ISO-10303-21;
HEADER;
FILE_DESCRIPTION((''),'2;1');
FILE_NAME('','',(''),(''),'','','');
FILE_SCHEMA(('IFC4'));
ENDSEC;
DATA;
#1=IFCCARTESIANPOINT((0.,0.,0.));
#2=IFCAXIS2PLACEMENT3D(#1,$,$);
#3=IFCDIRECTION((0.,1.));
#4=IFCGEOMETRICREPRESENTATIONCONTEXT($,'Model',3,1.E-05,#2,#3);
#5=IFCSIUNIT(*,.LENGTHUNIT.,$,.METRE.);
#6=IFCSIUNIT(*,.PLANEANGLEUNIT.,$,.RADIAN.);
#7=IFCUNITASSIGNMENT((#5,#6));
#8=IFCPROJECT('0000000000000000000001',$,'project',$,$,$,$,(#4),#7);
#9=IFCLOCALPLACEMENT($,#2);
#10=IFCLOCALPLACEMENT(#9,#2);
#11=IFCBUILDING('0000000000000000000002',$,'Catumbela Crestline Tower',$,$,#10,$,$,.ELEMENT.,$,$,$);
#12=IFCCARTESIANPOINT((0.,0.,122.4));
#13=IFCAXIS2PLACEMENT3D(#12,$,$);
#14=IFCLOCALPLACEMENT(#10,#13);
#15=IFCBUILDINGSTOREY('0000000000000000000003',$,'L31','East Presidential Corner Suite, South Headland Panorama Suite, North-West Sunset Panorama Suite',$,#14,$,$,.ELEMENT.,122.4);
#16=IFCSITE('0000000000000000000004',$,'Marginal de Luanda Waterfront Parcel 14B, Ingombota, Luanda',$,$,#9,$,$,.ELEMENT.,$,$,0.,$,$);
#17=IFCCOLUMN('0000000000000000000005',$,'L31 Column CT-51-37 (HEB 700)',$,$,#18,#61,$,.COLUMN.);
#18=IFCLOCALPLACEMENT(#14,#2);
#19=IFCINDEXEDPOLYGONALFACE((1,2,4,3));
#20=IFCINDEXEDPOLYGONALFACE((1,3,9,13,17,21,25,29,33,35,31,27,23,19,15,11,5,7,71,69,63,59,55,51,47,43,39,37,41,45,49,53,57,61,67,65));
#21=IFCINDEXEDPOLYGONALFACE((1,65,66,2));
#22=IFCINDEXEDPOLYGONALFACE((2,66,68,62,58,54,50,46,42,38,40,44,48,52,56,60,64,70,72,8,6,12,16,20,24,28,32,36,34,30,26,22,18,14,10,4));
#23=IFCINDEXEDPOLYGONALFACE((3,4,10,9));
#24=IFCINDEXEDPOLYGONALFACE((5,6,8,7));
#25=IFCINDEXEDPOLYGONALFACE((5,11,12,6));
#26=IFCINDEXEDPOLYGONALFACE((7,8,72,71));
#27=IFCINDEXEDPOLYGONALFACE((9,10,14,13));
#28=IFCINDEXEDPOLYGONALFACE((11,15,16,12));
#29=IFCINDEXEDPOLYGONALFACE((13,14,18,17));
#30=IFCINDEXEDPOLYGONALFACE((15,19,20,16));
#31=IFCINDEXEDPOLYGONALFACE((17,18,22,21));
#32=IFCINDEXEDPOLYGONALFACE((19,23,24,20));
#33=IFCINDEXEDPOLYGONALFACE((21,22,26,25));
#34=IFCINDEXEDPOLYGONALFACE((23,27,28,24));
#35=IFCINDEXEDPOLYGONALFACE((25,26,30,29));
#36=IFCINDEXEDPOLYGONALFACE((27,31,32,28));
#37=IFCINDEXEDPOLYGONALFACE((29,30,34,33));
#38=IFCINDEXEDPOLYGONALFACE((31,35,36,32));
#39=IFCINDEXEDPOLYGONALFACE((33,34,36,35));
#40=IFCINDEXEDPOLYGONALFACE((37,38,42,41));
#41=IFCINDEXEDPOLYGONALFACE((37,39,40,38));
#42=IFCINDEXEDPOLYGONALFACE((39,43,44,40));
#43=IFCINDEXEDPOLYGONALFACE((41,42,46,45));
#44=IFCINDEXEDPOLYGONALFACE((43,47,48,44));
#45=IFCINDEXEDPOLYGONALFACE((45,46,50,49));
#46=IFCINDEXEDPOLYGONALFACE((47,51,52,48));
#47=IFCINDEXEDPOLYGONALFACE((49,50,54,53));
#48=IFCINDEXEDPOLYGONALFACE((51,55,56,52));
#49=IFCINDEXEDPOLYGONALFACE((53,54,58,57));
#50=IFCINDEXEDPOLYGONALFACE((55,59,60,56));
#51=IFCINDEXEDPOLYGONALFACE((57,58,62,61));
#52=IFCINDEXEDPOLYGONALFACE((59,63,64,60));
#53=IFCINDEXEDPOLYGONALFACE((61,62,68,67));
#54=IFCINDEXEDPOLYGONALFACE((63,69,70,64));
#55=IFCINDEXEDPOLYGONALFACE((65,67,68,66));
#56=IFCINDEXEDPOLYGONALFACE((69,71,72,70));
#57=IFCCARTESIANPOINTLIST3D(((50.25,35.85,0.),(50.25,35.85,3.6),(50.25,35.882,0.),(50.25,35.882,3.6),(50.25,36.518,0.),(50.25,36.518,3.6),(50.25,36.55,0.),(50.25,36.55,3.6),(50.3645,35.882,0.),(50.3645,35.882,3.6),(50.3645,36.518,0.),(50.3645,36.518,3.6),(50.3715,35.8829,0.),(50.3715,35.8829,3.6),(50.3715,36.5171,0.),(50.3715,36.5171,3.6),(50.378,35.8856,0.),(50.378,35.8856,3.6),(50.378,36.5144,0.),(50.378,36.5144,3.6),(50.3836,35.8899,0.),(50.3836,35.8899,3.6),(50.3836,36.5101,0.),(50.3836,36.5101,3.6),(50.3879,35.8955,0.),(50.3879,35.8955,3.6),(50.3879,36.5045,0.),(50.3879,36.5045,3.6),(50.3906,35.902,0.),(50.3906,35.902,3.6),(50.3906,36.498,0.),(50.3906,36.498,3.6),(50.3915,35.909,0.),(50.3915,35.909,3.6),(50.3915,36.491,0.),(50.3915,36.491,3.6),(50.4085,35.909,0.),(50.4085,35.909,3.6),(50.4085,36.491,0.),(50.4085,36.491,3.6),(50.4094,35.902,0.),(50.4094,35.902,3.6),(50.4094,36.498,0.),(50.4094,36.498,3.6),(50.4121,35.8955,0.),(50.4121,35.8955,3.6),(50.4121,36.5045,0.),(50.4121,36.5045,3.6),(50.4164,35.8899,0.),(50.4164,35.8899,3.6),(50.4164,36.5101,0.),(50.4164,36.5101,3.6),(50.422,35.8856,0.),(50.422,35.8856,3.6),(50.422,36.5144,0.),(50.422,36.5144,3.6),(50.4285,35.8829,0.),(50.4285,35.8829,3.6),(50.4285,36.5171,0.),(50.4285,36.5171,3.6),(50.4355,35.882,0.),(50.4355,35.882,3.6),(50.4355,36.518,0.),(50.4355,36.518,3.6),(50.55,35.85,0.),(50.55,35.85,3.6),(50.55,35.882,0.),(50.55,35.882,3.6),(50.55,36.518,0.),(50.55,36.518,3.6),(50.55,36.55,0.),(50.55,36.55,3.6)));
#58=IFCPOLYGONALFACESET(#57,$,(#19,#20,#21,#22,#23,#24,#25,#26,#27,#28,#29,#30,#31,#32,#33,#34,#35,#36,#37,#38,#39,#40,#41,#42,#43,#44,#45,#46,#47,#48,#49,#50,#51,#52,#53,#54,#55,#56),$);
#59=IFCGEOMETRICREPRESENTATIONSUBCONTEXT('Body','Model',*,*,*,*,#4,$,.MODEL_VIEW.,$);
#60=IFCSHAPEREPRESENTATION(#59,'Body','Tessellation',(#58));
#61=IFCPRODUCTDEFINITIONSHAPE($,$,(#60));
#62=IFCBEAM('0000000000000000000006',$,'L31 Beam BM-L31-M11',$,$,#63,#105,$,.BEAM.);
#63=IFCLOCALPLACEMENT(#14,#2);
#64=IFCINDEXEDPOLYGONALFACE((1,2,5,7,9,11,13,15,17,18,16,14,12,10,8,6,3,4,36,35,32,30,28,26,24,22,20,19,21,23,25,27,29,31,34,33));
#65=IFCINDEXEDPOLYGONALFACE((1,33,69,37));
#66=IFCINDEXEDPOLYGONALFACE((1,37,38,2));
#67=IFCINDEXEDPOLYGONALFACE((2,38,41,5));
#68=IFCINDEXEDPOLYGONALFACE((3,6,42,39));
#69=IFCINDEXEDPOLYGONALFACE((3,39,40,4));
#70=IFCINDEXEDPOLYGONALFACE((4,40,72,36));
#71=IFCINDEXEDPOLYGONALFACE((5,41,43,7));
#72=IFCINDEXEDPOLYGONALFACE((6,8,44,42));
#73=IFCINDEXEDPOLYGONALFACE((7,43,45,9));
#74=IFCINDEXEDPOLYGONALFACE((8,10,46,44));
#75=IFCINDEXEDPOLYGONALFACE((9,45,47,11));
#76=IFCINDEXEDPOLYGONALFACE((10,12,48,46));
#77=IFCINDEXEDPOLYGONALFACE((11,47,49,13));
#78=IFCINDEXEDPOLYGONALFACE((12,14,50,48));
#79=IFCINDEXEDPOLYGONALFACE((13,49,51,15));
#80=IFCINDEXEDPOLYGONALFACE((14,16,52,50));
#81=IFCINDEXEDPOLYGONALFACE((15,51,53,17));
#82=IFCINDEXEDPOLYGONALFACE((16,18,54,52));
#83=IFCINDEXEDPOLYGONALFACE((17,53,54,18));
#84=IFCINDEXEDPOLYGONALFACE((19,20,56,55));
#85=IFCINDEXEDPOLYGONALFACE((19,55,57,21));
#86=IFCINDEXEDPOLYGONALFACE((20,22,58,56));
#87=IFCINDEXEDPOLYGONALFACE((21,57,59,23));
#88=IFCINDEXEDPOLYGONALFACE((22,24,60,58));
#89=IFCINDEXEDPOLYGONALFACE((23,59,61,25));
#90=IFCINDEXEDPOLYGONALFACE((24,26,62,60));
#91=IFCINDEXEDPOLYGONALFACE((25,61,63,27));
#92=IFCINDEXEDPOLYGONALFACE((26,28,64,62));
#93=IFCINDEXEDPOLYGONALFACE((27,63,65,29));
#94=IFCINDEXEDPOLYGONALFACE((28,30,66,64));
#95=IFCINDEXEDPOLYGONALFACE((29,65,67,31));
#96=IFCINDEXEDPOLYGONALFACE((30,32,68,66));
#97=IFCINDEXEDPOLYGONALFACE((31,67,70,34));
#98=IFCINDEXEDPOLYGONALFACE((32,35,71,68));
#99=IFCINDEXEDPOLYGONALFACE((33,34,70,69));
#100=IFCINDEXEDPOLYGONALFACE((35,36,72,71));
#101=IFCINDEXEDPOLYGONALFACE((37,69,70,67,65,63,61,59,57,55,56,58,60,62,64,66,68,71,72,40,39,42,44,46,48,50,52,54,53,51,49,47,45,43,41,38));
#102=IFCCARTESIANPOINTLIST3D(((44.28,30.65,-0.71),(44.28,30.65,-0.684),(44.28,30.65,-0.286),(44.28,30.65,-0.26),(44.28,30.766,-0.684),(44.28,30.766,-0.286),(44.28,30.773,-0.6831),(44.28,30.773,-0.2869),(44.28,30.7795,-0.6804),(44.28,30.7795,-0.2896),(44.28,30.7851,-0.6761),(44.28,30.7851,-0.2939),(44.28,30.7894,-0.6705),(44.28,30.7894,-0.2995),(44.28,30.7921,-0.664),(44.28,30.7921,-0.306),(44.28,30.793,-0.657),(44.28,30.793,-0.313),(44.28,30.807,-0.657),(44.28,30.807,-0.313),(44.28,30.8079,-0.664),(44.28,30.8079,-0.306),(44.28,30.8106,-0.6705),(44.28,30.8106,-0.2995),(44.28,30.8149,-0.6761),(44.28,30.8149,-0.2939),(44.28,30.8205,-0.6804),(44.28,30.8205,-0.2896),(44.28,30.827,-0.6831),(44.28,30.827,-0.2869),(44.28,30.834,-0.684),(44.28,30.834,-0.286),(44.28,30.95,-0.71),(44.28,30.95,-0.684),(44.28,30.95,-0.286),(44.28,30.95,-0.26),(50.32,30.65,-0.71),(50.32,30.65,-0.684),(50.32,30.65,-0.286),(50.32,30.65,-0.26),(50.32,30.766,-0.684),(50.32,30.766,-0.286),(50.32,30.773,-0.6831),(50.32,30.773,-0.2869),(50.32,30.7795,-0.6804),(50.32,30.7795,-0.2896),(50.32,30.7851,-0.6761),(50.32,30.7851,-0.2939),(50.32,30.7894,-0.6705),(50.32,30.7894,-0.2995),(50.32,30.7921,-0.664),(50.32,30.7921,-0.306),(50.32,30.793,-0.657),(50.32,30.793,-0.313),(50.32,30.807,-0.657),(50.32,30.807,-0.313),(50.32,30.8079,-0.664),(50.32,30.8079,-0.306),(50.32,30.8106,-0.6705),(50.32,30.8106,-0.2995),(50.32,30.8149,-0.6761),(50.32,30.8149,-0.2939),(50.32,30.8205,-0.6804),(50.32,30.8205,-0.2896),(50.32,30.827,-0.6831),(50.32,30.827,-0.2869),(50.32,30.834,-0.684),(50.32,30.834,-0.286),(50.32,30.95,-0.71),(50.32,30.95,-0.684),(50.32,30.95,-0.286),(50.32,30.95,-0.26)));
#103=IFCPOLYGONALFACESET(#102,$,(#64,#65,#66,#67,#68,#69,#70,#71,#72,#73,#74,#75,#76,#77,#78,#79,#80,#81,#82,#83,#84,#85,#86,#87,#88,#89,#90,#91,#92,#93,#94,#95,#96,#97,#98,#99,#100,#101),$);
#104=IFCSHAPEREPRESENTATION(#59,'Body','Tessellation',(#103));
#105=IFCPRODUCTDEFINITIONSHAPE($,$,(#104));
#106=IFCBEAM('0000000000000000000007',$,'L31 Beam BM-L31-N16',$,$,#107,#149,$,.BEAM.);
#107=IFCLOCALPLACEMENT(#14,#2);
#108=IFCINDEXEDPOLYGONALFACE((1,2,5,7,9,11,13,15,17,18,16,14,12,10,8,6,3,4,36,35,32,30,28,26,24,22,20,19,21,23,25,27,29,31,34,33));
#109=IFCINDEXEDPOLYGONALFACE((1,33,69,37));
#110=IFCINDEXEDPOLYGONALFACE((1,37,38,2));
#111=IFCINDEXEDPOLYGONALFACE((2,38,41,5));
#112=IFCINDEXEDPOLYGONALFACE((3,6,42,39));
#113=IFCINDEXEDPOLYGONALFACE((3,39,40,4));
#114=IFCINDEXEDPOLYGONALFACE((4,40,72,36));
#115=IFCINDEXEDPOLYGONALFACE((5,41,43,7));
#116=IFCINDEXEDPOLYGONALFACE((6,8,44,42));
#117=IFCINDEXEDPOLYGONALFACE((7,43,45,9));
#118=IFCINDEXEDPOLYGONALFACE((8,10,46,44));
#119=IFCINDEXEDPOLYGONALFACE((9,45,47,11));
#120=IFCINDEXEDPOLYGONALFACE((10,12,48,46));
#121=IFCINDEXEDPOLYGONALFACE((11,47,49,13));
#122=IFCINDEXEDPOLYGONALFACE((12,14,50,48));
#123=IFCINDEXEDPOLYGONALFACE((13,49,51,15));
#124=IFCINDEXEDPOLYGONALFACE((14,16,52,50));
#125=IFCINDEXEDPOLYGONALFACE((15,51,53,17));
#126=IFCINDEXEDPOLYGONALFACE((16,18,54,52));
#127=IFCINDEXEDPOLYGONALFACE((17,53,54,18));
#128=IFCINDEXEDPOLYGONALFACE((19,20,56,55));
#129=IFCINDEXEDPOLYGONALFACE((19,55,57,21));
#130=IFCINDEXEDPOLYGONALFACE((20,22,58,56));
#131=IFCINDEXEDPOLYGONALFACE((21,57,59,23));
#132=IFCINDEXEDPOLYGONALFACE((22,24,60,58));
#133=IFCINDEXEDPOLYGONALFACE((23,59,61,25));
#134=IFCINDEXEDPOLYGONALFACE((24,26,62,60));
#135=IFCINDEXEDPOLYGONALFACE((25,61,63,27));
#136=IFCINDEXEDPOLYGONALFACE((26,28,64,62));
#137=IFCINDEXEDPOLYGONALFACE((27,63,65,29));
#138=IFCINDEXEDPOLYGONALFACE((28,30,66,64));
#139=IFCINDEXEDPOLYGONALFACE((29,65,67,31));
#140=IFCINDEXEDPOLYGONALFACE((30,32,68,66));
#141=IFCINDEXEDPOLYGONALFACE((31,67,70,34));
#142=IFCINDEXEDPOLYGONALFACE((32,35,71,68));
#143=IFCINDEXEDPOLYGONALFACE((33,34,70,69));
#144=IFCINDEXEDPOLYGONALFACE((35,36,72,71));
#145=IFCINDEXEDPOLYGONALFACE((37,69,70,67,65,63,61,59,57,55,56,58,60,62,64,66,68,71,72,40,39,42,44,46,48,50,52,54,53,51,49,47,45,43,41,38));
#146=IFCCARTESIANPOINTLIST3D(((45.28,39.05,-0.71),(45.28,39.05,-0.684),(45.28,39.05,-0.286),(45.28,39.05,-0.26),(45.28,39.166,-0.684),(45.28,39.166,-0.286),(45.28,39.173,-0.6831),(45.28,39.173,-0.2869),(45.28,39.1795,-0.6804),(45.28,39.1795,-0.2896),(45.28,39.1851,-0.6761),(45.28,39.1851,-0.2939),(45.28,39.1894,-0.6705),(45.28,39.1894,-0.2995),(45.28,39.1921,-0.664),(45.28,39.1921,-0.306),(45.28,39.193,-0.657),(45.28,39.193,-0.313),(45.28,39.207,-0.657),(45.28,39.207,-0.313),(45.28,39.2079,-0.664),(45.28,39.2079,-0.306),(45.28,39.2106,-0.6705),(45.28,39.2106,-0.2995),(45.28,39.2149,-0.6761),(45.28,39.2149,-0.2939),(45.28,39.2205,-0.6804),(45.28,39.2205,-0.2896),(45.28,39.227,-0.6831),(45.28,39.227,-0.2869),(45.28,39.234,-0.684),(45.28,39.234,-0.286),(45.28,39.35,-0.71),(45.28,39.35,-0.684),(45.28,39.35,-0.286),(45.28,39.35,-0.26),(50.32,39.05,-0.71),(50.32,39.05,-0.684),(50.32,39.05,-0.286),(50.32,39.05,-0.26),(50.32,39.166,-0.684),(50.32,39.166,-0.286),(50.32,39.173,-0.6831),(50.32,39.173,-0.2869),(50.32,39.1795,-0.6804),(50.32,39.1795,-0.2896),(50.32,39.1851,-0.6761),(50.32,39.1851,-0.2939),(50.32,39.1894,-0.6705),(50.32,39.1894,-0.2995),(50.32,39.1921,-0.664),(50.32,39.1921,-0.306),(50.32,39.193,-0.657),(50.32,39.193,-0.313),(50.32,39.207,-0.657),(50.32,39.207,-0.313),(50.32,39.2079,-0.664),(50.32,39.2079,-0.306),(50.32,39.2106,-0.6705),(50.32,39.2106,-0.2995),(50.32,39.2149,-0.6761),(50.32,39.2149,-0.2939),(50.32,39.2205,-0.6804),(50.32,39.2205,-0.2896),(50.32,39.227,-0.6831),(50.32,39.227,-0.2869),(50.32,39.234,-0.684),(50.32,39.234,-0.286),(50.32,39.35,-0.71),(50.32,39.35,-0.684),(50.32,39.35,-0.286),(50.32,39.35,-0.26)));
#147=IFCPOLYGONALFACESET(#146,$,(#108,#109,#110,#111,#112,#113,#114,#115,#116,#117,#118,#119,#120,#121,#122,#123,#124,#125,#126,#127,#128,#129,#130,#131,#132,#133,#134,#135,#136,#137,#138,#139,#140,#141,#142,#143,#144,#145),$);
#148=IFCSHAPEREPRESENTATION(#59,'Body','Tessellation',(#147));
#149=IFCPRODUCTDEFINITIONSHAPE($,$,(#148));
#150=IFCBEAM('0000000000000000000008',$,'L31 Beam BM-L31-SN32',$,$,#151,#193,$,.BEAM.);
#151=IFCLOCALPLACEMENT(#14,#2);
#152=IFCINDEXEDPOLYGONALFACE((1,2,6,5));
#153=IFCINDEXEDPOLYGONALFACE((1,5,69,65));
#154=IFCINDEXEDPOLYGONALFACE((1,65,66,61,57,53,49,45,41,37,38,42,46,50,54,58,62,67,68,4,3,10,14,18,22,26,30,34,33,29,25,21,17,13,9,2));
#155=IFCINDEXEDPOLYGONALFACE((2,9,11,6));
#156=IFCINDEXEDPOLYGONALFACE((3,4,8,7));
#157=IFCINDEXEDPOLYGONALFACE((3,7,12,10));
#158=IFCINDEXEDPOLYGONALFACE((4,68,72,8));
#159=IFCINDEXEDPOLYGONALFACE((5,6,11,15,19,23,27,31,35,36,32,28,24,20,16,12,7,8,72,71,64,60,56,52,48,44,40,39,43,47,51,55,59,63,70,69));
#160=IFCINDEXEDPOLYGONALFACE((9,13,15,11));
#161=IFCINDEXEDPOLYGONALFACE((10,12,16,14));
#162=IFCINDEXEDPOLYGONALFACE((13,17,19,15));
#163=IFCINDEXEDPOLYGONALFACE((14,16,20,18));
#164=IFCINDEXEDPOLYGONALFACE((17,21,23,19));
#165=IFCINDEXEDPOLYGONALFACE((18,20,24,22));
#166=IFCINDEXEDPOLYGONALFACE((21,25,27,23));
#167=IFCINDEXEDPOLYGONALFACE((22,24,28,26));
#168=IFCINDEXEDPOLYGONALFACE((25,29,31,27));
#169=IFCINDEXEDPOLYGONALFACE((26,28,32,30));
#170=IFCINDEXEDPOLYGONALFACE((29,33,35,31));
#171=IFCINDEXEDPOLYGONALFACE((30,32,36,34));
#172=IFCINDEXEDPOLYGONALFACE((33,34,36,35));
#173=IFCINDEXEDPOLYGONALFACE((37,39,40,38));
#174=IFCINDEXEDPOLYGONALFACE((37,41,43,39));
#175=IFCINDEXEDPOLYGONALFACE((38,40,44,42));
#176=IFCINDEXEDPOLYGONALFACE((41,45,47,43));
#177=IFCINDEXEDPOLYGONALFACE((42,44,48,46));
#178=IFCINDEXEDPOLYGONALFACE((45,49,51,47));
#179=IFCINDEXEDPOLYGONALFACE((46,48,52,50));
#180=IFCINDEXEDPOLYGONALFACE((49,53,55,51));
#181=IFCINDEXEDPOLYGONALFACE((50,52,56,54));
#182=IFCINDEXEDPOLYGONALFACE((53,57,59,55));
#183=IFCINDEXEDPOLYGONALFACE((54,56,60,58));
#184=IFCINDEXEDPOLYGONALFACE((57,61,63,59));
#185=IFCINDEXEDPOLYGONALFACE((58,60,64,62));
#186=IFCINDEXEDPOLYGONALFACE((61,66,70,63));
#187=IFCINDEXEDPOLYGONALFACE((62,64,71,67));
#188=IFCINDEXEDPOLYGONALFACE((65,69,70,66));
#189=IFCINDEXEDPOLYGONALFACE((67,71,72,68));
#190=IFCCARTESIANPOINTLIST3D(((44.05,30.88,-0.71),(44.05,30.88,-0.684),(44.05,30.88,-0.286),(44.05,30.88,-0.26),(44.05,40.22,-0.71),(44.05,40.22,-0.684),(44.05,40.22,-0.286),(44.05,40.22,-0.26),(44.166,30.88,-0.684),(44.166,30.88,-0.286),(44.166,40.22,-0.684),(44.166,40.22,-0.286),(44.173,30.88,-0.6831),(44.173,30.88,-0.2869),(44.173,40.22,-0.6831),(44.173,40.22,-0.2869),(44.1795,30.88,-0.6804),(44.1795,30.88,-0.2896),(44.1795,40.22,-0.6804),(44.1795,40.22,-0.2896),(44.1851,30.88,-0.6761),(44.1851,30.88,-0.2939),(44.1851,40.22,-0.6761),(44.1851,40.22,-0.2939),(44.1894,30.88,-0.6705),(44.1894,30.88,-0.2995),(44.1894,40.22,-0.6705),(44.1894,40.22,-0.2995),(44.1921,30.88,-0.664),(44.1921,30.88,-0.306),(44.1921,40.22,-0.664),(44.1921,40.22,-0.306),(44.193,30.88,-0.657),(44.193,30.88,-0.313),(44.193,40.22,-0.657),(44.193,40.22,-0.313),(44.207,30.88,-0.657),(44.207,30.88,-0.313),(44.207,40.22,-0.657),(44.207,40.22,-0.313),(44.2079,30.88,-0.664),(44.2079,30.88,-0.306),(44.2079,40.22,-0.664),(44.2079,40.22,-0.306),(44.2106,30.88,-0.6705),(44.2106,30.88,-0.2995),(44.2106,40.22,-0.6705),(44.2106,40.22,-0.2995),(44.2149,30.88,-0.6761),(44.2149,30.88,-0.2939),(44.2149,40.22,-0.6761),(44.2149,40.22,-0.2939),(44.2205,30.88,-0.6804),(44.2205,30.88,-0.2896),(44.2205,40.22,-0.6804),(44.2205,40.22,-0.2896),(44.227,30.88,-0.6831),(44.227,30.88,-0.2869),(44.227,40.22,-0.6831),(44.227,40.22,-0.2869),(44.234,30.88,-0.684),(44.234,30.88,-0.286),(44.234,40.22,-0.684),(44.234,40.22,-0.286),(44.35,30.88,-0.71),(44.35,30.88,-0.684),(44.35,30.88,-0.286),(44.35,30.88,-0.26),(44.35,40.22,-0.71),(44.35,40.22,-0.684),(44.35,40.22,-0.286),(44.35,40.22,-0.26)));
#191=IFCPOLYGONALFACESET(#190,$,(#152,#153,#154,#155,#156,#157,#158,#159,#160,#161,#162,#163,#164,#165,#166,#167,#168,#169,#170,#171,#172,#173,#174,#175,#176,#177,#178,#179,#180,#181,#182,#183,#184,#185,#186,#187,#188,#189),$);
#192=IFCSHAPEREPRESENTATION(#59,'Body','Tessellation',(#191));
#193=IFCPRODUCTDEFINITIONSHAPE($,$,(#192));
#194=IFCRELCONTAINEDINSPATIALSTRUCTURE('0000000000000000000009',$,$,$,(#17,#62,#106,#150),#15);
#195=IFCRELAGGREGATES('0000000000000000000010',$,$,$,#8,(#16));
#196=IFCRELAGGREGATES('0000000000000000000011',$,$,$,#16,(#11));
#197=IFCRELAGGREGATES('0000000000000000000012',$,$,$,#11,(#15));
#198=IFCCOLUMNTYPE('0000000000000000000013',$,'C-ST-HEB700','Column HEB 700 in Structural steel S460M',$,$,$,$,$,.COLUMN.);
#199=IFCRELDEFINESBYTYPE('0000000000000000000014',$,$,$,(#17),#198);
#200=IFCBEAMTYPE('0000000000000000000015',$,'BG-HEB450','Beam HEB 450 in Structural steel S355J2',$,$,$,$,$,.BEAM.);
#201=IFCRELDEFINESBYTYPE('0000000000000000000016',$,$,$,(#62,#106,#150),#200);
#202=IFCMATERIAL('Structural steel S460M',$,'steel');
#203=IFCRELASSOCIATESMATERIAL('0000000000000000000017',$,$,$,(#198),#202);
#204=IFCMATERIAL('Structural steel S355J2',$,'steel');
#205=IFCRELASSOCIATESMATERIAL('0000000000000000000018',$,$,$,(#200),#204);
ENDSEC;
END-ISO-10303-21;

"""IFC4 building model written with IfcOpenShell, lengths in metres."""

from ifc_helpers import new_model, si_unit, direction, frame, origin, origin_2d, place, context, subcontext, project, spatial, i_section, extrude, material, material_profile, profile_set, type_object, element, save


model = new_model("IFC4")

# Units and contexts
model_context = context("Model", 3, precision=1e-05, world=origin(), true_north=direction((0.0, 1.0)))
body_context = subcontext(model_context, "Body", "Model", "MODEL_VIEW")
ifc_project = project(units=[si_unit("LENGTHUNIT", "METRE"), si_unit("PLANEANGLEUNIT", "RADIAN")], contexts=[model_context])

# Site, building, storey
site_placement = place(None, origin())
site = spatial("IfcSite", under=ifc_project, at=site_placement, Name="Marginal de Luanda Waterfront Parcel 14B, Ingombota, Luanda", CompositionType="ELEMENT", RefElevation=0.0)
building_placement = place(site_placement, origin())
building = spatial("IfcBuilding", under=site, at=building_placement, Name="Catumbela Crestline Tower", CompositionType="ELEMENT")
storey_placement = place(building_placement, frame((0.0, 0.0, 122.4)))
storey = spatial("IfcBuildingStorey", under=building, at=storey_placement, Name="L31", Description="East Presidential Corner Suite, South Headland Panorama Suite, North-West Sunset Panorama Suite", CompositionType="ELEMENT", Elevation=122.4)

# Column
ifc_material_1 = material(Name="Structural steel S460M", Category="steel")
ifc_material_profile_1 = material_profile(ifc_material_1, i_section(OverallWidth=0.3, OverallDepth=0.7, WebThickness=0.017, FlangeThickness=0.032, FilletRadius=0.027, at=origin_2d()), Name="HEB 700")
ifc_profile_set_1 = profile_set([ifc_material_profile_1], Name="Structural steel S460M")
column_type_1 = type_object("IfcColumnType", Name="C-ST-HEB700", Description="Column HEB 700 in Structural steel S460M", PredefinedType="COLUMN", material=ifc_profile_set_1)
for number, where, z_axis, x_axis, name in (
    (1, (50.4, 36.2, 0.0), (0.0, 0.0, 1.0), (1.0, 0.0, 0.0), "L31 Column CT-51-37 (HEB 700)"),
):
    element("IfcColumn", number, at=place(storey_placement, frame(where, z_axis=z_axis, x_axis=x_axis)), inside=storey, type_object=column_type_1, Name=name, PredefinedType="COLUMN", context=body_context, shape_type="SweptSolid", body=[
        extrude(i_section(OverallWidth=0.3, OverallDepth=0.7, WebThickness=0.017, FlangeThickness=0.032, FilletRadius=0.027, at=origin_2d()), origin(), (0.0, 0.0, 1.0), 3.6),
    ])

# Beams
ifc_material_2 = material(Name="Structural steel S355J2", Category="steel")
ifc_material_profile_2 = material_profile(ifc_material_2, i_section(OverallWidth=0.3, OverallDepth=0.45, WebThickness=0.014, FlangeThickness=0.026, FilletRadius=0.027, at=origin_2d()), Name="HEB 450")
ifc_profile_set_2 = profile_set([ifc_material_profile_2], Name="Structural steel S355J2")
beam_type_1 = type_object("IfcBeamType", Name="BG-HEB450", Description="Beam HEB 450 in Structural steel S355J2", PredefinedType="BEAM", material=ifc_profile_set_2)
beam_1_placement = place(storey_placement, frame((44.28, 30.8, -0.485), z_axis=(1.0, 0.0, 0.0), x_axis=(0.0, 1.0, 0.0)))
element("IfcBeam", 2, at=beam_1_placement, inside=storey, type_object=beam_type_1, Name="L31 Beam BM-L31-M11", PredefinedType="BEAM", context=body_context, shape_type="SweptSolid", body=[
    extrude(i_section(OverallWidth=0.3, OverallDepth=0.45, WebThickness=0.014, FlangeThickness=0.026, FilletRadius=0.027, at=origin_2d()), origin(), (0.0, 0.0, 1.0), 6.04),
])
beam_2_placement = place(storey_placement, frame((45.28, 39.2, -0.485), z_axis=(1.0, 0.0, 0.0), x_axis=(0.0, 1.0, 0.0)))
element("IfcBeam", 3, at=beam_2_placement, inside=storey, type_object=beam_type_1, Name="L31 Beam BM-L31-N16", PredefinedType="BEAM", context=body_context, shape_type="SweptSolid", body=[
    extrude(i_section(OverallWidth=0.3, OverallDepth=0.45, WebThickness=0.014, FlangeThickness=0.026, FilletRadius=0.027, at=origin_2d()), origin(), (0.0, 0.0, 1.0), 5.04),
])
beam_3_placement = place(storey_placement, frame((44.2, 30.88, -0.485), z_axis=(0.0, 1.0, 0.0), x_axis=(-1.0, 0.0, 0.0)))
element("IfcBeam", 4, at=beam_3_placement, inside=storey, type_object=beam_type_1, Name="L31 Beam BM-L31-SN32", PredefinedType="BEAM", context=body_context, shape_type="SweptSolid", body=[
    extrude(i_section(OverallWidth=0.3, OverallDepth=0.45, WebThickness=0.014, FlangeThickness=0.026, FilletRadius=0.027, at=origin_2d()), origin(), (0.0, 0.0, 1.0), 9.34),
])

save(model, "model.ifc")
